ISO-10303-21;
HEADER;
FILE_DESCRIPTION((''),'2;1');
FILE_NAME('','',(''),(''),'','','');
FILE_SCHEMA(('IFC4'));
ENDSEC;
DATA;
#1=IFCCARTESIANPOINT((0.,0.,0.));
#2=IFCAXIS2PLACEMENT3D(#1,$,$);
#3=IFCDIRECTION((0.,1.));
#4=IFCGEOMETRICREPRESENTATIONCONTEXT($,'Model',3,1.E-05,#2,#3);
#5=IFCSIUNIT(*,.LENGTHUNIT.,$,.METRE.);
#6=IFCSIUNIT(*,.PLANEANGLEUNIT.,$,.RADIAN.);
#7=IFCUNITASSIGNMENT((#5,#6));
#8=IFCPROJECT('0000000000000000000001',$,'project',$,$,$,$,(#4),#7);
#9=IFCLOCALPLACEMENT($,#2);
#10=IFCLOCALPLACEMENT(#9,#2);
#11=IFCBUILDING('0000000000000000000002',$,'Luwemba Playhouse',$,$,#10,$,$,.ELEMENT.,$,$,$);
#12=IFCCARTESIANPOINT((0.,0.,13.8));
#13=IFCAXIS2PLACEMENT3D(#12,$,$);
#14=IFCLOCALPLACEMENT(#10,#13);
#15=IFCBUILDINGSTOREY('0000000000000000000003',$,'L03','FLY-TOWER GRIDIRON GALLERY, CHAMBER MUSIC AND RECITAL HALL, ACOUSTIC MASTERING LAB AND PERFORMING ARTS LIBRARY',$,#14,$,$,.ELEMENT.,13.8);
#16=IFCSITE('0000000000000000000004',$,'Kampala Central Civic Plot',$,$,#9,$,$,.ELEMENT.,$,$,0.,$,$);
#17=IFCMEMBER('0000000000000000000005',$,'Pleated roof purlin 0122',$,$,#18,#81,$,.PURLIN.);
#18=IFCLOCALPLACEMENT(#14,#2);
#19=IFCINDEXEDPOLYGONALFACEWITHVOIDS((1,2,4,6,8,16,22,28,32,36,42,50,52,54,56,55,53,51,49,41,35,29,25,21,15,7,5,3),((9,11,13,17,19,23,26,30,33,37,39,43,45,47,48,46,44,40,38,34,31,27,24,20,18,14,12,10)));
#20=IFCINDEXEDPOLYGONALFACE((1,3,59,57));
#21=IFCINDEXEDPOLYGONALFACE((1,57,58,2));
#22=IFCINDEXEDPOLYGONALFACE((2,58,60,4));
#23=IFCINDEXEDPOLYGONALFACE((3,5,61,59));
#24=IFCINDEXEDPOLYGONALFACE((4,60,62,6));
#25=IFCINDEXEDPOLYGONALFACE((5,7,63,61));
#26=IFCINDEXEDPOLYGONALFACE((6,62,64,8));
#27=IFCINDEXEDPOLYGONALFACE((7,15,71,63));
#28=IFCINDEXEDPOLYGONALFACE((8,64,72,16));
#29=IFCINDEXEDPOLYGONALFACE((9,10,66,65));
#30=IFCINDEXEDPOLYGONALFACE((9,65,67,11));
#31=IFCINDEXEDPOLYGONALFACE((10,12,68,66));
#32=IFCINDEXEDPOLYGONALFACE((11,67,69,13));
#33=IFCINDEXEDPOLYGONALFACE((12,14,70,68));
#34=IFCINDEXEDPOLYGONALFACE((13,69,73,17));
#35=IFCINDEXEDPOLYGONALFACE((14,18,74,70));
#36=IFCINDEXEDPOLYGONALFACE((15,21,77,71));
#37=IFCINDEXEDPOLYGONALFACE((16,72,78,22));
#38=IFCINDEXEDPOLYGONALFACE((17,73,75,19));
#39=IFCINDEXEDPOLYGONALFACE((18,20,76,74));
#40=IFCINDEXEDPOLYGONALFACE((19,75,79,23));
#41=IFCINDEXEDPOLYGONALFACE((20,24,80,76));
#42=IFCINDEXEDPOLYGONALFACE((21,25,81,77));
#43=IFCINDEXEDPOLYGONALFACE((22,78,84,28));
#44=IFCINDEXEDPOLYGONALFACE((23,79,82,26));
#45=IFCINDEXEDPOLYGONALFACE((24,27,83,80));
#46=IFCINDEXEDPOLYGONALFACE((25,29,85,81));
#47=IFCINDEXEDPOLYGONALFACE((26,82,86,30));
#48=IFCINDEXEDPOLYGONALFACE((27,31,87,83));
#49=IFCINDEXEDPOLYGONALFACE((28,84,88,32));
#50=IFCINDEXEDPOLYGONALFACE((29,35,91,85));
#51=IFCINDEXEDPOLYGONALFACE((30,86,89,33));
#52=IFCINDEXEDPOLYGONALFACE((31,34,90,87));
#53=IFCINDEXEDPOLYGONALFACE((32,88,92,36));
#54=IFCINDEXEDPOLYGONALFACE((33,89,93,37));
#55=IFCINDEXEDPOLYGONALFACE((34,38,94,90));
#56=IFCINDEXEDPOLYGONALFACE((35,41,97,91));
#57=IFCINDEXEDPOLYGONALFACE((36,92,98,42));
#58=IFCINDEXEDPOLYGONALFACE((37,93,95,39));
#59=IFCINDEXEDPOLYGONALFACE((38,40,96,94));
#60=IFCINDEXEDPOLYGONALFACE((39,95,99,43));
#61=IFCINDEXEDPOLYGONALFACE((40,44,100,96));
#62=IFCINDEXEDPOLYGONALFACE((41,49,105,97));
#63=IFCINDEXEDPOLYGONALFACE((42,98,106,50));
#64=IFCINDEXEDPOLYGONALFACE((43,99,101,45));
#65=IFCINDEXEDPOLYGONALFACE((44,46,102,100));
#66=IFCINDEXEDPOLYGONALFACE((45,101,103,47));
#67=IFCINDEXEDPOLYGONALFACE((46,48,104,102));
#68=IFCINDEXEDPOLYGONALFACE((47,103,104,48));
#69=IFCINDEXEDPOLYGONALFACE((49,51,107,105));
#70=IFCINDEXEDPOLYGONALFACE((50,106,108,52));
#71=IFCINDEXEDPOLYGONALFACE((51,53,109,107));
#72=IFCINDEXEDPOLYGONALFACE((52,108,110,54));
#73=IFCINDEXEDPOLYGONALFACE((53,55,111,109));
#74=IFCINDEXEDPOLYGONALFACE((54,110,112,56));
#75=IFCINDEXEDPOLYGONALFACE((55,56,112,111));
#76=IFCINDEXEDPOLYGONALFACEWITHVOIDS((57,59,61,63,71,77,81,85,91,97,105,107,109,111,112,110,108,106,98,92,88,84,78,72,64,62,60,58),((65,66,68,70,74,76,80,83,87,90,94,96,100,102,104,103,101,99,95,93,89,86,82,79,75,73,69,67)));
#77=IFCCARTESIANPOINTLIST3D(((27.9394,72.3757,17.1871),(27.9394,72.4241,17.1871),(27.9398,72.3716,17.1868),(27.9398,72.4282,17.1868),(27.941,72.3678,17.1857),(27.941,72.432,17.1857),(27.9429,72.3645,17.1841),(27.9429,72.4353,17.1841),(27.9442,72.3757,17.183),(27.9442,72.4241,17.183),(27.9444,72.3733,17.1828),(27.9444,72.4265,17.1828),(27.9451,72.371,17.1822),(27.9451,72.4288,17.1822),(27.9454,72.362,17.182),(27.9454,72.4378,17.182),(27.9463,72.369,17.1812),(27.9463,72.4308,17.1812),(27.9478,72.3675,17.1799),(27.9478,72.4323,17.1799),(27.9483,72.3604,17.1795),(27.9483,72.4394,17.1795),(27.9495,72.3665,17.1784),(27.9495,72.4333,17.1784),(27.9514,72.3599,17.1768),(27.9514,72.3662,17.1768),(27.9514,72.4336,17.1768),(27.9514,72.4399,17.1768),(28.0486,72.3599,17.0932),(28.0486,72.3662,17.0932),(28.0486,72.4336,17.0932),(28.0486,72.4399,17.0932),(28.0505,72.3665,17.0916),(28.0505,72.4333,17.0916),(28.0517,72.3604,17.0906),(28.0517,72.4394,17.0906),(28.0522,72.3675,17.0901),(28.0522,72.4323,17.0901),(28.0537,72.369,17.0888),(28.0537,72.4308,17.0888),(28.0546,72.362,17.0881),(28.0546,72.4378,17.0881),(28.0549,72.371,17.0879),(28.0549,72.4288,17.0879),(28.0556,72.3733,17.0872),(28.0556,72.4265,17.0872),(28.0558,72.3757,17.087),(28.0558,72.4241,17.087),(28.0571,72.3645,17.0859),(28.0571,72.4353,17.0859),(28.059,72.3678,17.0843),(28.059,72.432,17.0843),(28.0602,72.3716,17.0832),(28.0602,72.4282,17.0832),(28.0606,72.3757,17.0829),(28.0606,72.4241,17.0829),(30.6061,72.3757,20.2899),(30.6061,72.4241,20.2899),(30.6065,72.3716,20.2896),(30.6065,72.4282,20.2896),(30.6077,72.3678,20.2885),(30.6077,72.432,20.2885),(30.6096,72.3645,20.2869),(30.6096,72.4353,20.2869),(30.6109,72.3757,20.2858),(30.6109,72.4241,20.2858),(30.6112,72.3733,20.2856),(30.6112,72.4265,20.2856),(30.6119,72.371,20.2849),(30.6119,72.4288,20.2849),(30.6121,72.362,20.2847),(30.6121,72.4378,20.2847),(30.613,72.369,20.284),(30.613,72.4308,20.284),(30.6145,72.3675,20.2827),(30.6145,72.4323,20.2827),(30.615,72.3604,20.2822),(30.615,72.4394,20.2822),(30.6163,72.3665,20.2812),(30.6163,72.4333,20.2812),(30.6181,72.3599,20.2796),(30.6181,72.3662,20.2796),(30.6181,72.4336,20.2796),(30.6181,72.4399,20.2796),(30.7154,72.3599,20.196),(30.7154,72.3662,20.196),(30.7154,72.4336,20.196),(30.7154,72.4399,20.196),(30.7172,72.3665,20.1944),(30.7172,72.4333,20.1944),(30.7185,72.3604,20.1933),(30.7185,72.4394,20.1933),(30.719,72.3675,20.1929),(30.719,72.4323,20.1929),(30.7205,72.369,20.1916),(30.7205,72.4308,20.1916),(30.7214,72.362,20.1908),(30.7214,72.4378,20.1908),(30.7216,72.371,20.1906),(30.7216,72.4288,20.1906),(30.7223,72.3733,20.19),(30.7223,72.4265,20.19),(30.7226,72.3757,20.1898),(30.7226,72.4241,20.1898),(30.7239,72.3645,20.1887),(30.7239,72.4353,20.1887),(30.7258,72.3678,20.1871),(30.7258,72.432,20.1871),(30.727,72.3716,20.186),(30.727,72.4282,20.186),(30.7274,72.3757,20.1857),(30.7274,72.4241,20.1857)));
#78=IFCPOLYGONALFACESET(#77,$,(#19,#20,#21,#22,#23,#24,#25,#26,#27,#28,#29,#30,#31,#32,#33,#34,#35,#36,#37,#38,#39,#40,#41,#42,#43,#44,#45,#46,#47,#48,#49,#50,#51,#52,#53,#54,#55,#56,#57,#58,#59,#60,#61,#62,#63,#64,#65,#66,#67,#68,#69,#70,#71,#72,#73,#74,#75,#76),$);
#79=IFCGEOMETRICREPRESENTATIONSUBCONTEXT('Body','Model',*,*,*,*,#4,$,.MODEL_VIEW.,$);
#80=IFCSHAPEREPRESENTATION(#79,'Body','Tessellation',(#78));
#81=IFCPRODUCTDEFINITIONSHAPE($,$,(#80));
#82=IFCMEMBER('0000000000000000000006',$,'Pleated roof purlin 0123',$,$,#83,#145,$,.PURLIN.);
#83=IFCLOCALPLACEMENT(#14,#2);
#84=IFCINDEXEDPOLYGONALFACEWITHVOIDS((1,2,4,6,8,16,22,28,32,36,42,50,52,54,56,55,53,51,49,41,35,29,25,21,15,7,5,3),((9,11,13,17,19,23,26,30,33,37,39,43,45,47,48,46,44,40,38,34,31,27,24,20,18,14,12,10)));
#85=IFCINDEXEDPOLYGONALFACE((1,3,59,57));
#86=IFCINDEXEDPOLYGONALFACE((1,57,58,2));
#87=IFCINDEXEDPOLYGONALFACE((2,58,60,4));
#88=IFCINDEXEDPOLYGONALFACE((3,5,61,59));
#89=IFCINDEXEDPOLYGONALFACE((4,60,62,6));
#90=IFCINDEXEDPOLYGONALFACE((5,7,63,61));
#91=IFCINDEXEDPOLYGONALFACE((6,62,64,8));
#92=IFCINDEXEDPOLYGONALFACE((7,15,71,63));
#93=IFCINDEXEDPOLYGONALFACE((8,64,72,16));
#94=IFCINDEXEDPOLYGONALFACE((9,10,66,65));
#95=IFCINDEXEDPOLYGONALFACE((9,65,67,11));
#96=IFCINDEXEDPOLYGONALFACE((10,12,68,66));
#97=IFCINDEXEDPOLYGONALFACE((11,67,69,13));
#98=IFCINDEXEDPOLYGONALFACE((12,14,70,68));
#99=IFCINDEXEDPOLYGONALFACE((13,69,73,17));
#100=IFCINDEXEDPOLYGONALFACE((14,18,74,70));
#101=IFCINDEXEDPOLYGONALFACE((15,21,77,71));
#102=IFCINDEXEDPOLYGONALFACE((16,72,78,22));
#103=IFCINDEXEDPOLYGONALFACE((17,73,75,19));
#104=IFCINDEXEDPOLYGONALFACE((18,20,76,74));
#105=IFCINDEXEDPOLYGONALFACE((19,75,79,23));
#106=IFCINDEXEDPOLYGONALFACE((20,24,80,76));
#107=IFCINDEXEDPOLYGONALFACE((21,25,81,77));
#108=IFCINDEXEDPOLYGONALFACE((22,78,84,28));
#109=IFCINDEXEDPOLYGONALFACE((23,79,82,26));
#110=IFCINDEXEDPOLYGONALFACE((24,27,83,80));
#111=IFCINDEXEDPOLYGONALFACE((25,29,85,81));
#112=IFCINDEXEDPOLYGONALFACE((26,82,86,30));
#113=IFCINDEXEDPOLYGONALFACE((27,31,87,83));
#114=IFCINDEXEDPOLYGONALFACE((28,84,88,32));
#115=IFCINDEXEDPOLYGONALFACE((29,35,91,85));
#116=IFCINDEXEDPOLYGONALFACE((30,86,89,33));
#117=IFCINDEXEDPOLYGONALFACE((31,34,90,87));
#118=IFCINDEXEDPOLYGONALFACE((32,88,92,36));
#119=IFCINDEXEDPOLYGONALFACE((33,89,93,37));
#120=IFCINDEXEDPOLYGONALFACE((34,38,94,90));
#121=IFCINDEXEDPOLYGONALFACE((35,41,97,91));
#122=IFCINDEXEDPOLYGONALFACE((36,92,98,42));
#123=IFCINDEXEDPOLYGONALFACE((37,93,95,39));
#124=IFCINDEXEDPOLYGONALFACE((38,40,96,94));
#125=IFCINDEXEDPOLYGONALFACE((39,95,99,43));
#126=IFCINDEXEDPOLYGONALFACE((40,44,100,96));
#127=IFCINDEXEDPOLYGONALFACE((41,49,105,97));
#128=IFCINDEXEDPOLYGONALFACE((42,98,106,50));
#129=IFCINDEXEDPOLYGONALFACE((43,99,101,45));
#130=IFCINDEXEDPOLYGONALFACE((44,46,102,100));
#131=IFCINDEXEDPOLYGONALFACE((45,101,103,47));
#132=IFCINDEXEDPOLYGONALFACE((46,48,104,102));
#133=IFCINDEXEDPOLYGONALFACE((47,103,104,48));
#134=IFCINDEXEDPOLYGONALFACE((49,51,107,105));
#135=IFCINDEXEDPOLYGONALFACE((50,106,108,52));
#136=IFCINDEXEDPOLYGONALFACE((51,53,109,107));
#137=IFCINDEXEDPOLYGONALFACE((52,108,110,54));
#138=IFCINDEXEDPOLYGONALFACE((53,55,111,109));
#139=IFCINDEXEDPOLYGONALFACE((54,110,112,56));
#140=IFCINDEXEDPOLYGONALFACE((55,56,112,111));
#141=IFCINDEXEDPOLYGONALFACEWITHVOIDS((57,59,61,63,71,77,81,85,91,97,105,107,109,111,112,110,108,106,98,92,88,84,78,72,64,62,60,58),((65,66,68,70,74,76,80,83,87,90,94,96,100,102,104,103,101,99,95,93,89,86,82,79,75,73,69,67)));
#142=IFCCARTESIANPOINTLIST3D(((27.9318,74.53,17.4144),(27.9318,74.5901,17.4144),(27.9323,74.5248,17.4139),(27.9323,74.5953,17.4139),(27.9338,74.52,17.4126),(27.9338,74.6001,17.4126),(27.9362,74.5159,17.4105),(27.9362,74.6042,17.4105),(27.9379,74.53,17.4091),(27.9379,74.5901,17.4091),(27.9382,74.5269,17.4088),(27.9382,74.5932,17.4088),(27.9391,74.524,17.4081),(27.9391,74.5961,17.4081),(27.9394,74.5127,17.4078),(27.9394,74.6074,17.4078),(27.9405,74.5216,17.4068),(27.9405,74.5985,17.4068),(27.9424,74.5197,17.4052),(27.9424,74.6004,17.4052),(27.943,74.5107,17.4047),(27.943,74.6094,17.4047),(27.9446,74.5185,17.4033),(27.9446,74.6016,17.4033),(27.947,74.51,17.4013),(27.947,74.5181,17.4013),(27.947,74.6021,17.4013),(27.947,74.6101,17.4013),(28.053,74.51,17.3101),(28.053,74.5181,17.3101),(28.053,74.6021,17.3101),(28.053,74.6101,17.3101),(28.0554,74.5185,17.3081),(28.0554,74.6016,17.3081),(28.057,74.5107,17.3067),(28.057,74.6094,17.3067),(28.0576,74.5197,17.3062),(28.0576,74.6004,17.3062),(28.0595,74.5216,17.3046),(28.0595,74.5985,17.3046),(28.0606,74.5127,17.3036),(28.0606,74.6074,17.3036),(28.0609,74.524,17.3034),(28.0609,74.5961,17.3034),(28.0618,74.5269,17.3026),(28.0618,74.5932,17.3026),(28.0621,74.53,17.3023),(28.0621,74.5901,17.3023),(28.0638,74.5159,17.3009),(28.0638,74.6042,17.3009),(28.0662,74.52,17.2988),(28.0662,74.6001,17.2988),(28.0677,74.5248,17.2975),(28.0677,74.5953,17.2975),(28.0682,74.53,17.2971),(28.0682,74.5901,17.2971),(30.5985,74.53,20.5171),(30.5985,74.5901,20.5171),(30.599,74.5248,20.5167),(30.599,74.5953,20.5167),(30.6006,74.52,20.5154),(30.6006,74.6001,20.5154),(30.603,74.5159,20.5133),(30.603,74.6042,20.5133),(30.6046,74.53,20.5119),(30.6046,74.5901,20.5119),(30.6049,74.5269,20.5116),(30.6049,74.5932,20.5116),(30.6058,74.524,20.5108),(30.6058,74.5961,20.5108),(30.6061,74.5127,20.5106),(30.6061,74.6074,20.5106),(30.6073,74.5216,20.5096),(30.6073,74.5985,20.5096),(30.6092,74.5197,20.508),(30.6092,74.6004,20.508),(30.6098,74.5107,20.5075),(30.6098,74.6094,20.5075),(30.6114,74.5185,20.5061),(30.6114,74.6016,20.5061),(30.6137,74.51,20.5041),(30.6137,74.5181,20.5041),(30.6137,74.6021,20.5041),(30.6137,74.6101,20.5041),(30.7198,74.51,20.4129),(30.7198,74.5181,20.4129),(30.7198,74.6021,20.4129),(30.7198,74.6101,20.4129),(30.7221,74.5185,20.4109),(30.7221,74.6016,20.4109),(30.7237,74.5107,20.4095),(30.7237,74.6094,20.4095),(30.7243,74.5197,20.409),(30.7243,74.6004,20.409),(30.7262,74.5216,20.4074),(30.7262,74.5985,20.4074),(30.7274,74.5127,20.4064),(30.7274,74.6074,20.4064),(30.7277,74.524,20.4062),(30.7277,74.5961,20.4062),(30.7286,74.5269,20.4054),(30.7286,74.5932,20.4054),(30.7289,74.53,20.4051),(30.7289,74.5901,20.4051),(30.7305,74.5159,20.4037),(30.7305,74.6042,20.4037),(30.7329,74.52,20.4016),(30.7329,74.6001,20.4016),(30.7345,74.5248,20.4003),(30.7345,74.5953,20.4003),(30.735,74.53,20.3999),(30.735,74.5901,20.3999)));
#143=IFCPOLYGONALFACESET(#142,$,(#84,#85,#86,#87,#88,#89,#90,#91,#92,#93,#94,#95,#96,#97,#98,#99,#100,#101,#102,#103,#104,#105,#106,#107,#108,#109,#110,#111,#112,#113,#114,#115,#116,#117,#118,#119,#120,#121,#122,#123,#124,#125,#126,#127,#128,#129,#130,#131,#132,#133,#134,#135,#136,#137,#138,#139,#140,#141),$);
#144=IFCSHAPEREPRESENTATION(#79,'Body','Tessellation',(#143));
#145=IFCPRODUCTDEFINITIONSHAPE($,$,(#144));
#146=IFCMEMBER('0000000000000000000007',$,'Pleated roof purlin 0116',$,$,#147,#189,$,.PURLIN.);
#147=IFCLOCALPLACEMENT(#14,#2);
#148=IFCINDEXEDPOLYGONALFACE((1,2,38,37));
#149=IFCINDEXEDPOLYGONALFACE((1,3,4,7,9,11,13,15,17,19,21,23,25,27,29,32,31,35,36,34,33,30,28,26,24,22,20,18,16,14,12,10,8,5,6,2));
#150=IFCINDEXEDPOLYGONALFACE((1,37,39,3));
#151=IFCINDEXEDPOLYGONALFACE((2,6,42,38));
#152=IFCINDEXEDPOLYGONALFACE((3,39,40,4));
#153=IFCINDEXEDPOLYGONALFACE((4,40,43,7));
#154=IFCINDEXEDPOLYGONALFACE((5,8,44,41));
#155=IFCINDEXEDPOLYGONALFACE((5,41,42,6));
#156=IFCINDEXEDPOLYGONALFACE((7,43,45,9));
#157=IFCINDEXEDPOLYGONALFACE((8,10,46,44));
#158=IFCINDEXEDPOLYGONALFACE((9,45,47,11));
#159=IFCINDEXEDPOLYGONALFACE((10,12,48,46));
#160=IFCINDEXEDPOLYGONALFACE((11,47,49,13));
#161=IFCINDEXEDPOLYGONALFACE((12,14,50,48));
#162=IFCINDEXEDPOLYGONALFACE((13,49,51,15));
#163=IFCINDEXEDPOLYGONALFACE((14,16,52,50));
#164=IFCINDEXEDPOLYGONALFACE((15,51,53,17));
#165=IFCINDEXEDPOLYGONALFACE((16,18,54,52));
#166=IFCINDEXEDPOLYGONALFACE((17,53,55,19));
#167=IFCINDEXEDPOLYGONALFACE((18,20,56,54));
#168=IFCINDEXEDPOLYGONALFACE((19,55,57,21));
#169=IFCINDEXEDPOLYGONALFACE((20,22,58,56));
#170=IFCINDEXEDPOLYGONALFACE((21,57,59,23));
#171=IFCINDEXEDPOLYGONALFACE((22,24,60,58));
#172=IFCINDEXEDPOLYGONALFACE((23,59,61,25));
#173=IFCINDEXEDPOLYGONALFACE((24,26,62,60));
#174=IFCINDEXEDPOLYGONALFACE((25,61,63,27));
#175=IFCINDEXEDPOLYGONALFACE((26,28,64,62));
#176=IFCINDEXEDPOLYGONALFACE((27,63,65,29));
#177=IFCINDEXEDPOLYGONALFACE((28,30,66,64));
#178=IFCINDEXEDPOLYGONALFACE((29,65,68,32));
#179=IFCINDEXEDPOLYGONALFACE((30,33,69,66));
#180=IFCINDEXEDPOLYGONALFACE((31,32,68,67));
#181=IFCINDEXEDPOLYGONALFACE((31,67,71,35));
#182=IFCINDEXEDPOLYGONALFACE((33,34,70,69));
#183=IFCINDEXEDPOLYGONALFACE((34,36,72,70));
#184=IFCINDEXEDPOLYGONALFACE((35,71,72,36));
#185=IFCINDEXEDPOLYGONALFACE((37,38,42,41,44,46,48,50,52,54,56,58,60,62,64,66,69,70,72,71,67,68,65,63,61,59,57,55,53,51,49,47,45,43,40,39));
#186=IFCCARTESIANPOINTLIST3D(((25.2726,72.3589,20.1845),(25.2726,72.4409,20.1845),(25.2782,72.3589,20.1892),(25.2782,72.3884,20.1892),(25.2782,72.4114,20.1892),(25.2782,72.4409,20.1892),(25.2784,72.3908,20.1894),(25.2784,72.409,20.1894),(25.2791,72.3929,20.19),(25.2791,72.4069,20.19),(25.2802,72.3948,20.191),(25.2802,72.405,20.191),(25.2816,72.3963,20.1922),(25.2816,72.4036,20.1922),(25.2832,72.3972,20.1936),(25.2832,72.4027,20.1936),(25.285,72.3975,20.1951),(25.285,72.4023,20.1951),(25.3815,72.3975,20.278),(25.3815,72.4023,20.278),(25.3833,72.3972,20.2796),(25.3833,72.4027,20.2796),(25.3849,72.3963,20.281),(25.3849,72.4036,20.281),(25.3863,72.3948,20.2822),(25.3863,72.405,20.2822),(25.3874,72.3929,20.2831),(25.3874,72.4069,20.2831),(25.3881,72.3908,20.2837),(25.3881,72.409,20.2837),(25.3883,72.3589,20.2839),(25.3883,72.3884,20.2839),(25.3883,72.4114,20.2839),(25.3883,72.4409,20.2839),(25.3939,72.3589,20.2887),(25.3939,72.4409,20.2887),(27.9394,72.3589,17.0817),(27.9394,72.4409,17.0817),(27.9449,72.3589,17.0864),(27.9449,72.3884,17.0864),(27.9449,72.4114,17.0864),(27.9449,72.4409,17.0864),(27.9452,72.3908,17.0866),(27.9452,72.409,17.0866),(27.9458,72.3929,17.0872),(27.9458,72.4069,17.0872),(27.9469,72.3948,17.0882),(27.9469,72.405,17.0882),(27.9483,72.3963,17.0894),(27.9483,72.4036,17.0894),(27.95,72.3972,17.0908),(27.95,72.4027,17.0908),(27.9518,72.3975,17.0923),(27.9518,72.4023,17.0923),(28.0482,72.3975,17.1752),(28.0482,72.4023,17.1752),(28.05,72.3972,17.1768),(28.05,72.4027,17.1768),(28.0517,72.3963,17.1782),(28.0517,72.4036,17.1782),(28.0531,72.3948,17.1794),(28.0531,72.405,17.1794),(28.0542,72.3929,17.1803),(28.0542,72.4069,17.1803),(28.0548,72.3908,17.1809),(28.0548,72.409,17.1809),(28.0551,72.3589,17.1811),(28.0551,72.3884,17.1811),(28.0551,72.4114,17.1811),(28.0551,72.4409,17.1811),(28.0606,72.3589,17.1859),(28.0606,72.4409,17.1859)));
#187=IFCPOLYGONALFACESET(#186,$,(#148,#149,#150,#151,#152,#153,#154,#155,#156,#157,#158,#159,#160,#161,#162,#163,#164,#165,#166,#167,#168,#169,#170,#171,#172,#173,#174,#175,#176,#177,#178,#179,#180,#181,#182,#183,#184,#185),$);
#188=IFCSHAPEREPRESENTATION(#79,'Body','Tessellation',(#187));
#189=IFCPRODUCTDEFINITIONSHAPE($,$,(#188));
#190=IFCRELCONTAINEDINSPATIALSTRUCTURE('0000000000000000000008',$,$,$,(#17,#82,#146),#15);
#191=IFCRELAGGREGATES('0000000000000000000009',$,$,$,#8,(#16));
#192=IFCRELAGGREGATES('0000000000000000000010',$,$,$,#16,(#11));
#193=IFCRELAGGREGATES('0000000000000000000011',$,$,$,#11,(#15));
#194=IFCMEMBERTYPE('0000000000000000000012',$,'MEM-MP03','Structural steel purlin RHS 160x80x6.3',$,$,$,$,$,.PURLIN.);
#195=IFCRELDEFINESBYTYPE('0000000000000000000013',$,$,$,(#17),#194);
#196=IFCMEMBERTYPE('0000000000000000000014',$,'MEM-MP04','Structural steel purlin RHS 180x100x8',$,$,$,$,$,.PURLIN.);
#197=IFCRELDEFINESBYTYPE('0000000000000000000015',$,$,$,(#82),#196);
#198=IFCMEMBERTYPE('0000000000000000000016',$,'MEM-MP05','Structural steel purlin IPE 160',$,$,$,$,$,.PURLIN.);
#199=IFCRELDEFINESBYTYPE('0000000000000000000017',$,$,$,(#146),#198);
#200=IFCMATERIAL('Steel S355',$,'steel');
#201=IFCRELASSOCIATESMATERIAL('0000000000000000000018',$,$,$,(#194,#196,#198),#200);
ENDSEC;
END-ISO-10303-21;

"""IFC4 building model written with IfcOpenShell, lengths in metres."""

from ifc_helpers import new_model, si_unit, direction, frame, origin, origin_2d, place, context, subcontext, project, spatial, hollow_rectangle, i_section, extrude, material, material_profile, profile_set, type_object, element, save


model = new_model("IFC4")

# Units and contexts
model_context = context("Model", 3, precision=1e-05, world=origin(), true_north=direction((0.0, 1.0)))
body_context = subcontext(model_context, "Body", "Model", "MODEL_VIEW")
ifc_project = project(units=[si_unit("LENGTHUNIT", "METRE"), si_unit("PLANEANGLEUNIT", "RADIAN")], contexts=[model_context])

# Site, building, storey
site_placement = place(None, origin())
site = spatial("IfcSite", under=ifc_project, at=site_placement, Name="Kampala Central Civic Plot", CompositionType="ELEMENT", RefElevation=0.0)
building_placement = place(site_placement, origin())
building = spatial("IfcBuilding", under=site, at=building_placement, Name="Luwemba Playhouse", CompositionType="ELEMENT")
storey_placement = place(building_placement, frame((0.0, 0.0, 13.8)))
storey = spatial("IfcBuildingStorey", under=building, at=storey_placement, Name="L03", Description="FLY-TOWER GRIDIRON GALLERY, CHAMBER MUSIC AND RECITAL HALL, ACOUSTIC MASTERING LAB AND PERFORMING ARTS LIBRARY", CompositionType="ELEMENT", Elevation=13.8)

# Shared definitions
ifc_material_1 = material(Name="Steel S355", Category="steel")

# Members
ifc_material_profile_1 = material_profile(ifc_material_1, hollow_rectangle(XDim=0.0801, YDim=0.1599, WallThickness=0.0063, InnerFilletRadius=0.0095, OuterFilletRadius=0.0159, at=origin_2d()))
ifc_profile_set_1 = profile_set([ifc_material_profile_1], Name="Steel S355")
member_type_1 = type_object("IfcMemberType", Name="MEM-MP03", Description="Structural steel purlin RHS 160x80x6.3", PredefinedType="PURLIN", material=ifc_profile_set_1)
member_1_placement = place(storey_placement, frame((28.0, 72.3999, 17.135), z_axis=(0.651808, 0.0, 0.758384), x_axis=(0.0, 1.0, 0.0)))
element("IfcMember", 1, at=member_1_placement, inside=storey, type_object=member_type_1, Name="Pleated roof purlin 0122", PredefinedType="PURLIN", context=body_context, shape_type="SweptSolid", body=[
    extrude(hollow_rectangle(XDim=0.0801, YDim=0.1599, WallThickness=0.0063, InnerFilletRadius=0.0095, OuterFilletRadius=0.0159, at=origin_2d()), origin(), (0.0, 0.0, 1.0), 4.0913),
])
ifc_material_profile_2 = material_profile(ifc_material_1, hollow_rectangle(XDim=0.1001, YDim=0.1799, WallThickness=0.0081, InnerFilletRadius=0.012, OuterFilletRadius=0.02, at=origin_2d()))
ifc_profile_set_2 = profile_set([ifc_material_profile_2], Name="Steel S355")
member_type_2 = type_object("IfcMemberType", Name="MEM-MP04", Description="Structural steel purlin RHS 180x100x8", PredefinedType="PURLIN", material=ifc_profile_set_2)
member_2_placement = place(storey_placement, frame((28.0, 74.5601, 17.3557), z_axis=(0.651808, 0.0, 0.758384), x_axis=(0.0, 1.0, 0.0)))
element("IfcMember", 2, at=member_2_placement, inside=storey, type_object=member_type_2, Name="Pleated roof purlin 0123", PredefinedType="PURLIN", context=body_context, shape_type="SweptSolid", body=[
    extrude(hollow_rectangle(XDim=0.1001, YDim=0.1799, WallThickness=0.0081, InnerFilletRadius=0.012, OuterFilletRadius=0.02, at=origin_2d()), origin(), (0.0, 0.0, 1.0), 4.0913),
])
ifc_material_profile_3 = material_profile(ifc_material_1, i_section(OverallWidth=0.082, OverallDepth=0.1599, WebThickness=0.0049, FlangeThickness=0.0073, FilletRadius=0.009, at=origin_2d()))
ifc_profile_set_3 = profile_set([ifc_material_profile_3], Name="Steel S355")
member_type_3 = type_object("IfcMemberType", Name="MEM-MP05", Description="Structural steel purlin IPE 160", PredefinedType="PURLIN", material=ifc_profile_set_3)
member_3_placement = place(storey_placement, frame((25.3333, 72.3999, 20.2366), z_axis=(0.651808, 0.0, -0.758384), x_axis=(0.0, 1.0, 0.0)))
element("IfcMember", 3, at=member_3_placement, inside=storey, type_object=member_type_3, Name="Pleated roof purlin 0116", PredefinedType="PURLIN", context=body_context, shape_type="SweptSolid", body=[
    extrude(i_section(OverallWidth=0.082, OverallDepth=0.1599, WebThickness=0.0049, FlangeThickness=0.0073, FilletRadius=0.009, at=origin_2d()), origin(), (0.0, 0.0, 1.0), 4.0913),
])

save(model, "model.ifc")
